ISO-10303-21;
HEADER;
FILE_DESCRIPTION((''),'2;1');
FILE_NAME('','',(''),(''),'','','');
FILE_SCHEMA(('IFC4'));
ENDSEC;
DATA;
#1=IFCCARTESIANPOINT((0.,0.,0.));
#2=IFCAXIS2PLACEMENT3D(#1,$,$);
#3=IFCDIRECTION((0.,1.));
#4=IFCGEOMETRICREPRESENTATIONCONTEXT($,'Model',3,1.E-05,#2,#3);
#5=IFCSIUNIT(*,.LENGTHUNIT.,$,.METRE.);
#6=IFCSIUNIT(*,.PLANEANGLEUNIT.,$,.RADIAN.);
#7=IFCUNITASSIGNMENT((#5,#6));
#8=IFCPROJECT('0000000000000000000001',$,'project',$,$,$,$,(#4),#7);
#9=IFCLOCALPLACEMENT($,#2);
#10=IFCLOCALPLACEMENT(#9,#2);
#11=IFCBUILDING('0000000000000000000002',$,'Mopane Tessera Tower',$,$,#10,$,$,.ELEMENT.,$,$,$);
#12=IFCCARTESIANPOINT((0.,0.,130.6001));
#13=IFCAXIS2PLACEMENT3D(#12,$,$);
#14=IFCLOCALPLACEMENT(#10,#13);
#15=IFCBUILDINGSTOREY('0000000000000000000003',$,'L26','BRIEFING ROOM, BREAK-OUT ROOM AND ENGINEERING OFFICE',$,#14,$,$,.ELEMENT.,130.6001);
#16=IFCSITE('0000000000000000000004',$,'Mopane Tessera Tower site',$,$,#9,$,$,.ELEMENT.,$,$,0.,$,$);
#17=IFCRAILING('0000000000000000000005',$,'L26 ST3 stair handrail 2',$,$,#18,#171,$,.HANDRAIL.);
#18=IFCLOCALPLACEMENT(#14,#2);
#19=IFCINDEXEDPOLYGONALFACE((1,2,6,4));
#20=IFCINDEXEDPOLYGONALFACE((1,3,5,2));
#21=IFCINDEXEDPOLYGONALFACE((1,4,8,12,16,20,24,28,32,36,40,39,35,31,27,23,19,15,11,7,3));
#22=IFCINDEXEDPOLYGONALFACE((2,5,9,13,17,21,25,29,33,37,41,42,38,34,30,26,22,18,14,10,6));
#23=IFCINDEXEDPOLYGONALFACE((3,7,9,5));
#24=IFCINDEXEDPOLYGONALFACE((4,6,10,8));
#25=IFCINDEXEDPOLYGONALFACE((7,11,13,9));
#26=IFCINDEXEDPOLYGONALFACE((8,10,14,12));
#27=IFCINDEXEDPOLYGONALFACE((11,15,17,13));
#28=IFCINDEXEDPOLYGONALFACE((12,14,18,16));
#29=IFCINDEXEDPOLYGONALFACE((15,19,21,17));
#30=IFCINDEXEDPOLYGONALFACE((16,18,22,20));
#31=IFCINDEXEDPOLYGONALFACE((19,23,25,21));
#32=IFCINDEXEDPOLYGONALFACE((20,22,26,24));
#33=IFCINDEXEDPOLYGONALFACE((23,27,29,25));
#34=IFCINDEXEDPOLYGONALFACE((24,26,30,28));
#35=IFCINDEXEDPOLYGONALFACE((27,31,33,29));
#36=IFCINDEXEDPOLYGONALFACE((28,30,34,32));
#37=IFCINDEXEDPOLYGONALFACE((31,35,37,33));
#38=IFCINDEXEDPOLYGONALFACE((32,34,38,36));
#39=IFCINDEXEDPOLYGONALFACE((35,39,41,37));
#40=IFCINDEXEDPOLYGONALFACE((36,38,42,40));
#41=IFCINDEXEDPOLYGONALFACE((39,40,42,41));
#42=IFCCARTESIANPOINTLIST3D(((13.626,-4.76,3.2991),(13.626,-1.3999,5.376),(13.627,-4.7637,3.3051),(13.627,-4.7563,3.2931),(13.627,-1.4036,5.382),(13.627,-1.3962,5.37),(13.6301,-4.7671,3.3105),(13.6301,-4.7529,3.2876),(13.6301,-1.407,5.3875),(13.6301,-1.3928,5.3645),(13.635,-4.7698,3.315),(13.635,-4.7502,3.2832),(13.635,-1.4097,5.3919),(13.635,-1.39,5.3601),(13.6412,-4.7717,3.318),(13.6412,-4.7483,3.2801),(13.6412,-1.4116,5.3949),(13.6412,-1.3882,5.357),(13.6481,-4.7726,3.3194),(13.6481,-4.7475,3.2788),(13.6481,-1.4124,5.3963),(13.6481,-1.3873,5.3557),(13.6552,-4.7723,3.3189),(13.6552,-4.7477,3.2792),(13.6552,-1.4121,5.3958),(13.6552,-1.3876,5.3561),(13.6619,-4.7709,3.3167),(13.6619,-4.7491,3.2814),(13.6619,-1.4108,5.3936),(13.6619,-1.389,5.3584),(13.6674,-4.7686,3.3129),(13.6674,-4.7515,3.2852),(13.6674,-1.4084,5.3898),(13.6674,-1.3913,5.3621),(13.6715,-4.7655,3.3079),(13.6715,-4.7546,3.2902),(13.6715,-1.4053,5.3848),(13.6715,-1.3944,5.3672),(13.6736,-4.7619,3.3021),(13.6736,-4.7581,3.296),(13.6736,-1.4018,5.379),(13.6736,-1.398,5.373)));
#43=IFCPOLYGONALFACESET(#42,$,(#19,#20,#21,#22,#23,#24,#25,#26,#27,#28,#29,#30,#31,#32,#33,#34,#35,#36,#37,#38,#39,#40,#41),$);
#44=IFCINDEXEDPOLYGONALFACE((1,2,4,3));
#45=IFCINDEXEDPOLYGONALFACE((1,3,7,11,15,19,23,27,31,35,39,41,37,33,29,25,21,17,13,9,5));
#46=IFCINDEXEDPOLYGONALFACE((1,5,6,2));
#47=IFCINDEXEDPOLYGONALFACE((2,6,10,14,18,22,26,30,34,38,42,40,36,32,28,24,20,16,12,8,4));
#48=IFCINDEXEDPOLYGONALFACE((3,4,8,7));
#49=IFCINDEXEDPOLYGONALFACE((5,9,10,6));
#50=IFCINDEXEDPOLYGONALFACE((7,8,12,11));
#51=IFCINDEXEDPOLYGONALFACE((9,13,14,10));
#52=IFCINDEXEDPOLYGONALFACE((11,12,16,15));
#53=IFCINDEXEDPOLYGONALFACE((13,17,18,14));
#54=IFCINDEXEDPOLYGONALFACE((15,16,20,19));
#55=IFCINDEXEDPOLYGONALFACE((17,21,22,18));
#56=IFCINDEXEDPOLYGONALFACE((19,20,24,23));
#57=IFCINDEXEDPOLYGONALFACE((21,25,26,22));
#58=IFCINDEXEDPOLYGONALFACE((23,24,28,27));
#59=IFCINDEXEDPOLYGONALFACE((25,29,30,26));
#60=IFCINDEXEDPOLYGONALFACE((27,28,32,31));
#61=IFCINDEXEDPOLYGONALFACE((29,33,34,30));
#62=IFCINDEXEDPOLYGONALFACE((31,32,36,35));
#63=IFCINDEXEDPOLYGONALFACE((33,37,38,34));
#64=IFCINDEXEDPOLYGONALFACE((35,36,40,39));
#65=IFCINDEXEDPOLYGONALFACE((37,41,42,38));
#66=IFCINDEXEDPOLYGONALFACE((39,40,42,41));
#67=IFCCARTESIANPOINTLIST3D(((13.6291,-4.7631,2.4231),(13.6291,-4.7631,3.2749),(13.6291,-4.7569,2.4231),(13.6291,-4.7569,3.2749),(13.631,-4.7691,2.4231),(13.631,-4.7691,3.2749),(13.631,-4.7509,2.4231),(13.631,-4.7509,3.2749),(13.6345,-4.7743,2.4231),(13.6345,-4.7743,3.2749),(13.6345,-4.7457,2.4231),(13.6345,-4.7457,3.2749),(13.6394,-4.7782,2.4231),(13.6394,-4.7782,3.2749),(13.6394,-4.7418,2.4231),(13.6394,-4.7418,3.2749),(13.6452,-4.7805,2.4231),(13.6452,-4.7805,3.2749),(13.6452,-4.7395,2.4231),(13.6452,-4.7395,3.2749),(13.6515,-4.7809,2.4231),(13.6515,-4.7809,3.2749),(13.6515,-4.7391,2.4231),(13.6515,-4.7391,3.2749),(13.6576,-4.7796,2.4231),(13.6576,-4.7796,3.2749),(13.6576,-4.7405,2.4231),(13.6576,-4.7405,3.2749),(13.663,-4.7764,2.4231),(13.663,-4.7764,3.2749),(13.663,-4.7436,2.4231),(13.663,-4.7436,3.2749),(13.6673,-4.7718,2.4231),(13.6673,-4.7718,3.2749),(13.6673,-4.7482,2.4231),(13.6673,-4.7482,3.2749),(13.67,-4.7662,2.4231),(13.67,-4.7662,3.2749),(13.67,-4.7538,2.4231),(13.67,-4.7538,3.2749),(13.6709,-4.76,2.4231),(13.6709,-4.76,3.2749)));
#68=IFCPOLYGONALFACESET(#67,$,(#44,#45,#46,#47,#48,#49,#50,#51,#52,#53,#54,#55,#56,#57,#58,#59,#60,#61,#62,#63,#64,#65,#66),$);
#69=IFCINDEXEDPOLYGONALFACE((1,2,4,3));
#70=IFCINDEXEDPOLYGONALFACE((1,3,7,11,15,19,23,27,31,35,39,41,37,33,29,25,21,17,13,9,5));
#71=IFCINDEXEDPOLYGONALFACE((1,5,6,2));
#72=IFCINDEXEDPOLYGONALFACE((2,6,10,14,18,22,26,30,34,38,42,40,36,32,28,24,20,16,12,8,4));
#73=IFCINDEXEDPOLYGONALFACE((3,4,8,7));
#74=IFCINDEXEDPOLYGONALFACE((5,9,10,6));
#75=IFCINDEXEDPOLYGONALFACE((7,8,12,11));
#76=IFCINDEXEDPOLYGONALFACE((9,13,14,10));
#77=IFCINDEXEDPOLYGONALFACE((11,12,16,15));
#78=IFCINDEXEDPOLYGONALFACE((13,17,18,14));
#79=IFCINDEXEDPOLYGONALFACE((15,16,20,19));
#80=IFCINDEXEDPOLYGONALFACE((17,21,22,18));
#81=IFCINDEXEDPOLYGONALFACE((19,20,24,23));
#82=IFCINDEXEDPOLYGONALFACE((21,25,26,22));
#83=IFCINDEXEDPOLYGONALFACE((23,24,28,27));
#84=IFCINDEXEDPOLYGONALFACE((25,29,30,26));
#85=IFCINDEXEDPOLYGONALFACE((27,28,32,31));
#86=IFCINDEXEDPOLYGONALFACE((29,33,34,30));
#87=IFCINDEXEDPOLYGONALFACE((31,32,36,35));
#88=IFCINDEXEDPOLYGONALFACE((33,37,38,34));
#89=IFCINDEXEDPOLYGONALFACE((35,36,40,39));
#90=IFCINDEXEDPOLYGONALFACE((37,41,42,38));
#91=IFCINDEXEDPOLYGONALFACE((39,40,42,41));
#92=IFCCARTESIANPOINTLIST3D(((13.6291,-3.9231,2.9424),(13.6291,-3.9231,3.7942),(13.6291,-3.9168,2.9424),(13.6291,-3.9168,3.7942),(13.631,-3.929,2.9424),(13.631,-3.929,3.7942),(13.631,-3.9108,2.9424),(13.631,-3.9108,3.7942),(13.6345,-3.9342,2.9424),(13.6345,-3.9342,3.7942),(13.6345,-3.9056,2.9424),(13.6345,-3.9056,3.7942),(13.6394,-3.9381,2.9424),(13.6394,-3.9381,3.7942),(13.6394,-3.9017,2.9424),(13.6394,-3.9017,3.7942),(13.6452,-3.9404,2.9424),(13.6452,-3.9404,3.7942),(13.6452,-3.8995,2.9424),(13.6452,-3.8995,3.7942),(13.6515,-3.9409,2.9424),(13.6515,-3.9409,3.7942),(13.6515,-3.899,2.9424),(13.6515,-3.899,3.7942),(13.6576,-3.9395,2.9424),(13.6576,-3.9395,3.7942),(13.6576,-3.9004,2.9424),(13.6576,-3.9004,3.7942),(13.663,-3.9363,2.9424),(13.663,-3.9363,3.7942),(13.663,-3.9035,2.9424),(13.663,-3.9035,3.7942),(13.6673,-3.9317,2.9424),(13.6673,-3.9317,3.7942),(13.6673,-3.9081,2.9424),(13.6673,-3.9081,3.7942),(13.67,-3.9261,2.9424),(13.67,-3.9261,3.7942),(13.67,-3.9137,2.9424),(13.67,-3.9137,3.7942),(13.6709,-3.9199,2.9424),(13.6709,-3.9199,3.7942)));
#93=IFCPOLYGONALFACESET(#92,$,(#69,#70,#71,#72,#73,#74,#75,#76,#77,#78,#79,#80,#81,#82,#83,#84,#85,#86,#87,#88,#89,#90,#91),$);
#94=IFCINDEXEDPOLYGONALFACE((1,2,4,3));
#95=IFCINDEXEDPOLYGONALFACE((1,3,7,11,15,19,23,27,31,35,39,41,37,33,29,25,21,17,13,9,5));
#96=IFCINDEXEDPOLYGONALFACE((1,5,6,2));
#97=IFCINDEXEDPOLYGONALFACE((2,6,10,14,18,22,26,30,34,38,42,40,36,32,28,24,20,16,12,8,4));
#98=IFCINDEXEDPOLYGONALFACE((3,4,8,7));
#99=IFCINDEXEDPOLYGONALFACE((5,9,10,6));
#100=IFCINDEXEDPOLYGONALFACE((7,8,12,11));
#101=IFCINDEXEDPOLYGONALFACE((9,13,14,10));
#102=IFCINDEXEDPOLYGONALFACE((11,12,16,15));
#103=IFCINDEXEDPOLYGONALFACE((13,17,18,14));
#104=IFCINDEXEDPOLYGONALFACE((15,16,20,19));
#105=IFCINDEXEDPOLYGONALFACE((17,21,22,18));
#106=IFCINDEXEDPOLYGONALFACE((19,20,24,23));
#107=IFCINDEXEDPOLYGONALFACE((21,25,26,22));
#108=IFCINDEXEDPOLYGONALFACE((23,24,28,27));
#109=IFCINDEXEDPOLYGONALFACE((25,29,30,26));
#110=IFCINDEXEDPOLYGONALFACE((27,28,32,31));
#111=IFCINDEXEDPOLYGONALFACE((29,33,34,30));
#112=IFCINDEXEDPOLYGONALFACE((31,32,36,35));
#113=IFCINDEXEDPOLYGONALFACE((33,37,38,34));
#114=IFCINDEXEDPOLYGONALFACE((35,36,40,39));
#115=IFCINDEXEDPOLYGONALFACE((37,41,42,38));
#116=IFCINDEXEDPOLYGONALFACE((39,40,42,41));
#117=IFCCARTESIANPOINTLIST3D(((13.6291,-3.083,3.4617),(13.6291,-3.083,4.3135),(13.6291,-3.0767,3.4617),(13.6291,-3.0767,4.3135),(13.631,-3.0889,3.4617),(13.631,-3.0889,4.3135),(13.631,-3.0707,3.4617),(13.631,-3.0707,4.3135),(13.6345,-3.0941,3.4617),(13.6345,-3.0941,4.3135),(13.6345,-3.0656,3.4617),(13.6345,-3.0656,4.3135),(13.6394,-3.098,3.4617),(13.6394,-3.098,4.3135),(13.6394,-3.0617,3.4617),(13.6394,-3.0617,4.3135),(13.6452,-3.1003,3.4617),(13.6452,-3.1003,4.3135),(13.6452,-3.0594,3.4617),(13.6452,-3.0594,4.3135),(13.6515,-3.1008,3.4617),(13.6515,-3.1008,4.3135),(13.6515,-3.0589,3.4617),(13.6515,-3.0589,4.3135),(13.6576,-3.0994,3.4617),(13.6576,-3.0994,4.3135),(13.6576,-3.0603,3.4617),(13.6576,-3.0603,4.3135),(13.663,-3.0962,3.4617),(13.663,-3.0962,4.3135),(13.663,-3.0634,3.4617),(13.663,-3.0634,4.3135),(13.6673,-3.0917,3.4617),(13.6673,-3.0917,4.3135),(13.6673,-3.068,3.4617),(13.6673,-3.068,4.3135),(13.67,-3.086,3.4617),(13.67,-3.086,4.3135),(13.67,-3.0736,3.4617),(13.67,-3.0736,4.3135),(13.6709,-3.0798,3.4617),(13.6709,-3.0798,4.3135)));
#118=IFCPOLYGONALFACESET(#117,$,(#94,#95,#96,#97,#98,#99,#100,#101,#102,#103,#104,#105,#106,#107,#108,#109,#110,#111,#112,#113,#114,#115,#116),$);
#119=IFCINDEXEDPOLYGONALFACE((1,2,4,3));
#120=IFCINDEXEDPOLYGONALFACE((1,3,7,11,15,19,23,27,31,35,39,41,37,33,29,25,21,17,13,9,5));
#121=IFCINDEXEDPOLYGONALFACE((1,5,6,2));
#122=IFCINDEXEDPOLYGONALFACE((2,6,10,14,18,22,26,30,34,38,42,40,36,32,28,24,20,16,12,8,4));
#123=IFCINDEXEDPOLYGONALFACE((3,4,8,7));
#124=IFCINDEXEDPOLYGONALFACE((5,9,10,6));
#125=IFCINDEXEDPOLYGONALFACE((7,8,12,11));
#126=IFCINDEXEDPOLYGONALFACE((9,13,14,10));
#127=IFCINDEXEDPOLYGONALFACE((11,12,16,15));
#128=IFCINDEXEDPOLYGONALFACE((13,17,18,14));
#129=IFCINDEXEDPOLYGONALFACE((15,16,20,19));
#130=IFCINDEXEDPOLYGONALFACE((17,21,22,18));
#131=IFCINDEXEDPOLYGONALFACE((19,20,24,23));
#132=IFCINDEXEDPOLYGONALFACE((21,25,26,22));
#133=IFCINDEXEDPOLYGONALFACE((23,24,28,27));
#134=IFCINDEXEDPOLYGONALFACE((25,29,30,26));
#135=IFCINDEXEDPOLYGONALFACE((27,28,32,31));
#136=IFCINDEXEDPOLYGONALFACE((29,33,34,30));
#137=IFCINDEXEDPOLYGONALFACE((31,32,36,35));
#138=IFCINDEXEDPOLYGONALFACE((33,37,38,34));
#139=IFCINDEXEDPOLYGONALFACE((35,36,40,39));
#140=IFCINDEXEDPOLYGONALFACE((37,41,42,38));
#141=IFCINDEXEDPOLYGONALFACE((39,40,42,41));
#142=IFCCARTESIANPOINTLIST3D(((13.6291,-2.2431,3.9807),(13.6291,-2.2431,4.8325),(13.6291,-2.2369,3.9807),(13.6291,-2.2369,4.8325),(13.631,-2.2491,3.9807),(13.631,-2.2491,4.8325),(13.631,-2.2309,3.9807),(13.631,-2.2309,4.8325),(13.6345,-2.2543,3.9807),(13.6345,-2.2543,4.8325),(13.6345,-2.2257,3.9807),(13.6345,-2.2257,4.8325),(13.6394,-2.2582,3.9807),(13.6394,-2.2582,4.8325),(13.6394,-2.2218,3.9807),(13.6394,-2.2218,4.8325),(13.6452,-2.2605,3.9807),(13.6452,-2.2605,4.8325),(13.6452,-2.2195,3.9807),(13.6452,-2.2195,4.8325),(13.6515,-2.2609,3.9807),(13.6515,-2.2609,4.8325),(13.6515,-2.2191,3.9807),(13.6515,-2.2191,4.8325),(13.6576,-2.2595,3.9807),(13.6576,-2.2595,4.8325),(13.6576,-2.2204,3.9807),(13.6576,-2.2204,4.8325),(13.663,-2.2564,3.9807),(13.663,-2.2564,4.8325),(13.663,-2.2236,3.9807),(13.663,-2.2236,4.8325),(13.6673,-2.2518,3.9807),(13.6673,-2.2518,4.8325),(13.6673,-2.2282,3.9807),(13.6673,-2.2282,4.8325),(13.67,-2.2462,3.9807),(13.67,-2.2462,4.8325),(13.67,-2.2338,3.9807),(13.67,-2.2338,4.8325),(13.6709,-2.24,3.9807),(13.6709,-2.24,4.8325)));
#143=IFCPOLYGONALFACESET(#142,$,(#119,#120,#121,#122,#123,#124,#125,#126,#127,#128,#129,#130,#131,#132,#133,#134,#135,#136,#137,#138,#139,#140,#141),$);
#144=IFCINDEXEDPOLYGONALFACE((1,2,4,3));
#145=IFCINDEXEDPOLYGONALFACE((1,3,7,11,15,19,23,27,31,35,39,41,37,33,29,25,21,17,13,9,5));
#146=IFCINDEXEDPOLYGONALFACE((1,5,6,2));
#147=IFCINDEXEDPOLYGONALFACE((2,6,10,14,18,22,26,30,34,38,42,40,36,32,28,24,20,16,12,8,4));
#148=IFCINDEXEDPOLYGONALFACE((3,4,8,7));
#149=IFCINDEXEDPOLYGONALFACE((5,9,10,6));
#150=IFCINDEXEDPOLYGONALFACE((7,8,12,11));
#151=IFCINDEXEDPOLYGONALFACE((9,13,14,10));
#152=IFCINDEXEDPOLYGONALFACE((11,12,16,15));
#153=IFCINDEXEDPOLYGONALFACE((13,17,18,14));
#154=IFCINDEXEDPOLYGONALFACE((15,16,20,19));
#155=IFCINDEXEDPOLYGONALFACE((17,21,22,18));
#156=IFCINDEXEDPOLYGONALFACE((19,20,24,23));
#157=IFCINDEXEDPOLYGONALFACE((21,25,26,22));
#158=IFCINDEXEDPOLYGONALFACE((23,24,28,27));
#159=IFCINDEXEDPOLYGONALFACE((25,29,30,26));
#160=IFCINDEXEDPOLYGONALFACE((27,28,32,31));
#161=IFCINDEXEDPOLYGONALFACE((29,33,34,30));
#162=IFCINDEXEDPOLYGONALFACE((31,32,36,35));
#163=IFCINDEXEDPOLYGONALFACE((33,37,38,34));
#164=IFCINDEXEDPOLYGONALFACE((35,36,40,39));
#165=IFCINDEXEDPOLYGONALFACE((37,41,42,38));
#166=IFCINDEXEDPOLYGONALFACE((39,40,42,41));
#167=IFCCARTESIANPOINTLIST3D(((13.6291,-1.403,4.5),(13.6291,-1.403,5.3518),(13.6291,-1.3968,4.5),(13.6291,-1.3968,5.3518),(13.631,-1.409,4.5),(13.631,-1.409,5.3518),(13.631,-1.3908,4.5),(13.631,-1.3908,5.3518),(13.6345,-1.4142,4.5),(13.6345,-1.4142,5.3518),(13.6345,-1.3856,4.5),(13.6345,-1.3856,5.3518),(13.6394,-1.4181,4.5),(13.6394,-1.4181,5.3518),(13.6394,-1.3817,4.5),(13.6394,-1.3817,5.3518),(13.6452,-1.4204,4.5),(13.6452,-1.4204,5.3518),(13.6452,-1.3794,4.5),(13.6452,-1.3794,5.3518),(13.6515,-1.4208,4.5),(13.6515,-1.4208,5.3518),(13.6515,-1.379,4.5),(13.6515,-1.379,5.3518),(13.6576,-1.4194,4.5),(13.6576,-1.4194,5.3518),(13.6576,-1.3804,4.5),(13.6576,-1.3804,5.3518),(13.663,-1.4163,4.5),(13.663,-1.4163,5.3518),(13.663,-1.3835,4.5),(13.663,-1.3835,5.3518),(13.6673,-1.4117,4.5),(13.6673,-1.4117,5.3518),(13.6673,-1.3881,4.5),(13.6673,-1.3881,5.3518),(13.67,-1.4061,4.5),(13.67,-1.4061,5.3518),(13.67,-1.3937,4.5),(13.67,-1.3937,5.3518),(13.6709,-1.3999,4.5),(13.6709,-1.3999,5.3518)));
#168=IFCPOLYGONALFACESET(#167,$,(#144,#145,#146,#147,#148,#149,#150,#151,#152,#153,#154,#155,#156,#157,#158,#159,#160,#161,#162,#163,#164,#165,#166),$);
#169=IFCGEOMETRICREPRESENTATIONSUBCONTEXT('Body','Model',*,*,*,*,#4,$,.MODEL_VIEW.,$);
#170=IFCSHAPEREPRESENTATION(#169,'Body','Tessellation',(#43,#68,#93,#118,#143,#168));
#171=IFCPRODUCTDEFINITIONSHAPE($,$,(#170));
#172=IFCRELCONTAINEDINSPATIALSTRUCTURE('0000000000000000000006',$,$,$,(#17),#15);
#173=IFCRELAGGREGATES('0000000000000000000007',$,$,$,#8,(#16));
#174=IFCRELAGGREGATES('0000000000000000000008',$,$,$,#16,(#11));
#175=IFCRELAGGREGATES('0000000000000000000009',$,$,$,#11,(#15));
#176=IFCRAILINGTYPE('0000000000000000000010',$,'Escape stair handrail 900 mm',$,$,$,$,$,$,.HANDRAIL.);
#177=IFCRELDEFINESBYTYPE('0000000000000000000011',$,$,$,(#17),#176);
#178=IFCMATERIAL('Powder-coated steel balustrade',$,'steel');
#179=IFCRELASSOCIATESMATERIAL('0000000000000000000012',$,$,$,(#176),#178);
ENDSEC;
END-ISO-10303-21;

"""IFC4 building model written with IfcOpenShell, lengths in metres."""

from ifc_helpers import new_model, si_unit, direction, frame, origin, origin_2d, place, context, subcontext, project, spatial, circle, extrude, material, type_object, element, save


model = new_model("IFC4")

# Units and contexts
model_context = context("Model", 3, precision=1e-05, world=origin(), true_north=direction((0.0, 1.0)))
body_context = subcontext(model_context, "Body", "Model", "MODEL_VIEW")
ifc_project = project(units=[si_unit("LENGTHUNIT", "METRE"), si_unit("PLANEANGLEUNIT", "RADIAN")], contexts=[model_context])

# Site, building, storey
site_placement = place(None, origin())
site = spatial("IfcSite", under=ifc_project, at=site_placement, Name="Mopane Tessera Tower site", CompositionType="ELEMENT", RefElevation=0.0)
building_placement = place(site_placement, origin())
building = spatial("IfcBuilding", under=site, at=building_placement, Name="Mopane Tessera Tower", CompositionType="ELEMENT")
storey_placement = place(building_placement, frame((0.0, 0.0, 130.6001)))
storey = spatial("IfcBuildingStorey", under=building, at=storey_placement, Name="L26", Description="BRIEFING ROOM, BREAK-OUT ROOM AND ENGINEERING OFFICE", CompositionType="ELEMENT", Elevation=130.6001)

# Railing
ifc_material_1 = material(Name="Powder-coated steel balustrade", Category="steel")
railing_type_1 = type_object("IfcRailingType", Name="Escape stair handrail 900 mm", PredefinedType="HANDRAIL", material=ifc_material_1)
railing_1_placement = place(storey_placement, frame((13.6499, -4.76, 2.4231)))
element("IfcRailing", 1, at=railing_1_placement, inside=storey, type_object=railing_type_1, Name="L26 ST3 stair handrail 2", PredefinedType="HANDRAIL", context=body_context, shape_type="SweptSolid", body=[
    extrude(circle(Radius=0.0239, at=origin_2d()), frame((0.0, 0.0, 0.876), z_axis=(0.0, 0.850623, 0.525776), x_axis=(-1.0, 0.0, 0.0)), (0.0, 0.0, 1.0), 3.9502),
    extrude(circle(Radius=0.021, at=origin_2d()), origin(), (0.0, 0.0, 1.0), 0.8518),
    extrude(circle(Radius=0.021, at=origin_2d()), frame((0.0, 0.8401, 0.5193)), (0.0, 0.0, 1.0), 0.8518),
    extrude(circle(Radius=0.021, at=origin_2d()), frame((0.0, 1.6802, 1.0386)), (0.0, 0.0, 1.0), 0.8518),
    extrude(circle(Radius=0.021, at=origin_2d()), frame((0.0, 2.52, 1.5576)), (0.0, 0.0, 1.0), 0.8518),
    extrude(circle(Radius=0.021, at=origin_2d()), frame((0.0, 3.3601, 2.0769)), (0.0, 0.0, 1.0), 0.8518),
])

save(model, "model.ifc")
